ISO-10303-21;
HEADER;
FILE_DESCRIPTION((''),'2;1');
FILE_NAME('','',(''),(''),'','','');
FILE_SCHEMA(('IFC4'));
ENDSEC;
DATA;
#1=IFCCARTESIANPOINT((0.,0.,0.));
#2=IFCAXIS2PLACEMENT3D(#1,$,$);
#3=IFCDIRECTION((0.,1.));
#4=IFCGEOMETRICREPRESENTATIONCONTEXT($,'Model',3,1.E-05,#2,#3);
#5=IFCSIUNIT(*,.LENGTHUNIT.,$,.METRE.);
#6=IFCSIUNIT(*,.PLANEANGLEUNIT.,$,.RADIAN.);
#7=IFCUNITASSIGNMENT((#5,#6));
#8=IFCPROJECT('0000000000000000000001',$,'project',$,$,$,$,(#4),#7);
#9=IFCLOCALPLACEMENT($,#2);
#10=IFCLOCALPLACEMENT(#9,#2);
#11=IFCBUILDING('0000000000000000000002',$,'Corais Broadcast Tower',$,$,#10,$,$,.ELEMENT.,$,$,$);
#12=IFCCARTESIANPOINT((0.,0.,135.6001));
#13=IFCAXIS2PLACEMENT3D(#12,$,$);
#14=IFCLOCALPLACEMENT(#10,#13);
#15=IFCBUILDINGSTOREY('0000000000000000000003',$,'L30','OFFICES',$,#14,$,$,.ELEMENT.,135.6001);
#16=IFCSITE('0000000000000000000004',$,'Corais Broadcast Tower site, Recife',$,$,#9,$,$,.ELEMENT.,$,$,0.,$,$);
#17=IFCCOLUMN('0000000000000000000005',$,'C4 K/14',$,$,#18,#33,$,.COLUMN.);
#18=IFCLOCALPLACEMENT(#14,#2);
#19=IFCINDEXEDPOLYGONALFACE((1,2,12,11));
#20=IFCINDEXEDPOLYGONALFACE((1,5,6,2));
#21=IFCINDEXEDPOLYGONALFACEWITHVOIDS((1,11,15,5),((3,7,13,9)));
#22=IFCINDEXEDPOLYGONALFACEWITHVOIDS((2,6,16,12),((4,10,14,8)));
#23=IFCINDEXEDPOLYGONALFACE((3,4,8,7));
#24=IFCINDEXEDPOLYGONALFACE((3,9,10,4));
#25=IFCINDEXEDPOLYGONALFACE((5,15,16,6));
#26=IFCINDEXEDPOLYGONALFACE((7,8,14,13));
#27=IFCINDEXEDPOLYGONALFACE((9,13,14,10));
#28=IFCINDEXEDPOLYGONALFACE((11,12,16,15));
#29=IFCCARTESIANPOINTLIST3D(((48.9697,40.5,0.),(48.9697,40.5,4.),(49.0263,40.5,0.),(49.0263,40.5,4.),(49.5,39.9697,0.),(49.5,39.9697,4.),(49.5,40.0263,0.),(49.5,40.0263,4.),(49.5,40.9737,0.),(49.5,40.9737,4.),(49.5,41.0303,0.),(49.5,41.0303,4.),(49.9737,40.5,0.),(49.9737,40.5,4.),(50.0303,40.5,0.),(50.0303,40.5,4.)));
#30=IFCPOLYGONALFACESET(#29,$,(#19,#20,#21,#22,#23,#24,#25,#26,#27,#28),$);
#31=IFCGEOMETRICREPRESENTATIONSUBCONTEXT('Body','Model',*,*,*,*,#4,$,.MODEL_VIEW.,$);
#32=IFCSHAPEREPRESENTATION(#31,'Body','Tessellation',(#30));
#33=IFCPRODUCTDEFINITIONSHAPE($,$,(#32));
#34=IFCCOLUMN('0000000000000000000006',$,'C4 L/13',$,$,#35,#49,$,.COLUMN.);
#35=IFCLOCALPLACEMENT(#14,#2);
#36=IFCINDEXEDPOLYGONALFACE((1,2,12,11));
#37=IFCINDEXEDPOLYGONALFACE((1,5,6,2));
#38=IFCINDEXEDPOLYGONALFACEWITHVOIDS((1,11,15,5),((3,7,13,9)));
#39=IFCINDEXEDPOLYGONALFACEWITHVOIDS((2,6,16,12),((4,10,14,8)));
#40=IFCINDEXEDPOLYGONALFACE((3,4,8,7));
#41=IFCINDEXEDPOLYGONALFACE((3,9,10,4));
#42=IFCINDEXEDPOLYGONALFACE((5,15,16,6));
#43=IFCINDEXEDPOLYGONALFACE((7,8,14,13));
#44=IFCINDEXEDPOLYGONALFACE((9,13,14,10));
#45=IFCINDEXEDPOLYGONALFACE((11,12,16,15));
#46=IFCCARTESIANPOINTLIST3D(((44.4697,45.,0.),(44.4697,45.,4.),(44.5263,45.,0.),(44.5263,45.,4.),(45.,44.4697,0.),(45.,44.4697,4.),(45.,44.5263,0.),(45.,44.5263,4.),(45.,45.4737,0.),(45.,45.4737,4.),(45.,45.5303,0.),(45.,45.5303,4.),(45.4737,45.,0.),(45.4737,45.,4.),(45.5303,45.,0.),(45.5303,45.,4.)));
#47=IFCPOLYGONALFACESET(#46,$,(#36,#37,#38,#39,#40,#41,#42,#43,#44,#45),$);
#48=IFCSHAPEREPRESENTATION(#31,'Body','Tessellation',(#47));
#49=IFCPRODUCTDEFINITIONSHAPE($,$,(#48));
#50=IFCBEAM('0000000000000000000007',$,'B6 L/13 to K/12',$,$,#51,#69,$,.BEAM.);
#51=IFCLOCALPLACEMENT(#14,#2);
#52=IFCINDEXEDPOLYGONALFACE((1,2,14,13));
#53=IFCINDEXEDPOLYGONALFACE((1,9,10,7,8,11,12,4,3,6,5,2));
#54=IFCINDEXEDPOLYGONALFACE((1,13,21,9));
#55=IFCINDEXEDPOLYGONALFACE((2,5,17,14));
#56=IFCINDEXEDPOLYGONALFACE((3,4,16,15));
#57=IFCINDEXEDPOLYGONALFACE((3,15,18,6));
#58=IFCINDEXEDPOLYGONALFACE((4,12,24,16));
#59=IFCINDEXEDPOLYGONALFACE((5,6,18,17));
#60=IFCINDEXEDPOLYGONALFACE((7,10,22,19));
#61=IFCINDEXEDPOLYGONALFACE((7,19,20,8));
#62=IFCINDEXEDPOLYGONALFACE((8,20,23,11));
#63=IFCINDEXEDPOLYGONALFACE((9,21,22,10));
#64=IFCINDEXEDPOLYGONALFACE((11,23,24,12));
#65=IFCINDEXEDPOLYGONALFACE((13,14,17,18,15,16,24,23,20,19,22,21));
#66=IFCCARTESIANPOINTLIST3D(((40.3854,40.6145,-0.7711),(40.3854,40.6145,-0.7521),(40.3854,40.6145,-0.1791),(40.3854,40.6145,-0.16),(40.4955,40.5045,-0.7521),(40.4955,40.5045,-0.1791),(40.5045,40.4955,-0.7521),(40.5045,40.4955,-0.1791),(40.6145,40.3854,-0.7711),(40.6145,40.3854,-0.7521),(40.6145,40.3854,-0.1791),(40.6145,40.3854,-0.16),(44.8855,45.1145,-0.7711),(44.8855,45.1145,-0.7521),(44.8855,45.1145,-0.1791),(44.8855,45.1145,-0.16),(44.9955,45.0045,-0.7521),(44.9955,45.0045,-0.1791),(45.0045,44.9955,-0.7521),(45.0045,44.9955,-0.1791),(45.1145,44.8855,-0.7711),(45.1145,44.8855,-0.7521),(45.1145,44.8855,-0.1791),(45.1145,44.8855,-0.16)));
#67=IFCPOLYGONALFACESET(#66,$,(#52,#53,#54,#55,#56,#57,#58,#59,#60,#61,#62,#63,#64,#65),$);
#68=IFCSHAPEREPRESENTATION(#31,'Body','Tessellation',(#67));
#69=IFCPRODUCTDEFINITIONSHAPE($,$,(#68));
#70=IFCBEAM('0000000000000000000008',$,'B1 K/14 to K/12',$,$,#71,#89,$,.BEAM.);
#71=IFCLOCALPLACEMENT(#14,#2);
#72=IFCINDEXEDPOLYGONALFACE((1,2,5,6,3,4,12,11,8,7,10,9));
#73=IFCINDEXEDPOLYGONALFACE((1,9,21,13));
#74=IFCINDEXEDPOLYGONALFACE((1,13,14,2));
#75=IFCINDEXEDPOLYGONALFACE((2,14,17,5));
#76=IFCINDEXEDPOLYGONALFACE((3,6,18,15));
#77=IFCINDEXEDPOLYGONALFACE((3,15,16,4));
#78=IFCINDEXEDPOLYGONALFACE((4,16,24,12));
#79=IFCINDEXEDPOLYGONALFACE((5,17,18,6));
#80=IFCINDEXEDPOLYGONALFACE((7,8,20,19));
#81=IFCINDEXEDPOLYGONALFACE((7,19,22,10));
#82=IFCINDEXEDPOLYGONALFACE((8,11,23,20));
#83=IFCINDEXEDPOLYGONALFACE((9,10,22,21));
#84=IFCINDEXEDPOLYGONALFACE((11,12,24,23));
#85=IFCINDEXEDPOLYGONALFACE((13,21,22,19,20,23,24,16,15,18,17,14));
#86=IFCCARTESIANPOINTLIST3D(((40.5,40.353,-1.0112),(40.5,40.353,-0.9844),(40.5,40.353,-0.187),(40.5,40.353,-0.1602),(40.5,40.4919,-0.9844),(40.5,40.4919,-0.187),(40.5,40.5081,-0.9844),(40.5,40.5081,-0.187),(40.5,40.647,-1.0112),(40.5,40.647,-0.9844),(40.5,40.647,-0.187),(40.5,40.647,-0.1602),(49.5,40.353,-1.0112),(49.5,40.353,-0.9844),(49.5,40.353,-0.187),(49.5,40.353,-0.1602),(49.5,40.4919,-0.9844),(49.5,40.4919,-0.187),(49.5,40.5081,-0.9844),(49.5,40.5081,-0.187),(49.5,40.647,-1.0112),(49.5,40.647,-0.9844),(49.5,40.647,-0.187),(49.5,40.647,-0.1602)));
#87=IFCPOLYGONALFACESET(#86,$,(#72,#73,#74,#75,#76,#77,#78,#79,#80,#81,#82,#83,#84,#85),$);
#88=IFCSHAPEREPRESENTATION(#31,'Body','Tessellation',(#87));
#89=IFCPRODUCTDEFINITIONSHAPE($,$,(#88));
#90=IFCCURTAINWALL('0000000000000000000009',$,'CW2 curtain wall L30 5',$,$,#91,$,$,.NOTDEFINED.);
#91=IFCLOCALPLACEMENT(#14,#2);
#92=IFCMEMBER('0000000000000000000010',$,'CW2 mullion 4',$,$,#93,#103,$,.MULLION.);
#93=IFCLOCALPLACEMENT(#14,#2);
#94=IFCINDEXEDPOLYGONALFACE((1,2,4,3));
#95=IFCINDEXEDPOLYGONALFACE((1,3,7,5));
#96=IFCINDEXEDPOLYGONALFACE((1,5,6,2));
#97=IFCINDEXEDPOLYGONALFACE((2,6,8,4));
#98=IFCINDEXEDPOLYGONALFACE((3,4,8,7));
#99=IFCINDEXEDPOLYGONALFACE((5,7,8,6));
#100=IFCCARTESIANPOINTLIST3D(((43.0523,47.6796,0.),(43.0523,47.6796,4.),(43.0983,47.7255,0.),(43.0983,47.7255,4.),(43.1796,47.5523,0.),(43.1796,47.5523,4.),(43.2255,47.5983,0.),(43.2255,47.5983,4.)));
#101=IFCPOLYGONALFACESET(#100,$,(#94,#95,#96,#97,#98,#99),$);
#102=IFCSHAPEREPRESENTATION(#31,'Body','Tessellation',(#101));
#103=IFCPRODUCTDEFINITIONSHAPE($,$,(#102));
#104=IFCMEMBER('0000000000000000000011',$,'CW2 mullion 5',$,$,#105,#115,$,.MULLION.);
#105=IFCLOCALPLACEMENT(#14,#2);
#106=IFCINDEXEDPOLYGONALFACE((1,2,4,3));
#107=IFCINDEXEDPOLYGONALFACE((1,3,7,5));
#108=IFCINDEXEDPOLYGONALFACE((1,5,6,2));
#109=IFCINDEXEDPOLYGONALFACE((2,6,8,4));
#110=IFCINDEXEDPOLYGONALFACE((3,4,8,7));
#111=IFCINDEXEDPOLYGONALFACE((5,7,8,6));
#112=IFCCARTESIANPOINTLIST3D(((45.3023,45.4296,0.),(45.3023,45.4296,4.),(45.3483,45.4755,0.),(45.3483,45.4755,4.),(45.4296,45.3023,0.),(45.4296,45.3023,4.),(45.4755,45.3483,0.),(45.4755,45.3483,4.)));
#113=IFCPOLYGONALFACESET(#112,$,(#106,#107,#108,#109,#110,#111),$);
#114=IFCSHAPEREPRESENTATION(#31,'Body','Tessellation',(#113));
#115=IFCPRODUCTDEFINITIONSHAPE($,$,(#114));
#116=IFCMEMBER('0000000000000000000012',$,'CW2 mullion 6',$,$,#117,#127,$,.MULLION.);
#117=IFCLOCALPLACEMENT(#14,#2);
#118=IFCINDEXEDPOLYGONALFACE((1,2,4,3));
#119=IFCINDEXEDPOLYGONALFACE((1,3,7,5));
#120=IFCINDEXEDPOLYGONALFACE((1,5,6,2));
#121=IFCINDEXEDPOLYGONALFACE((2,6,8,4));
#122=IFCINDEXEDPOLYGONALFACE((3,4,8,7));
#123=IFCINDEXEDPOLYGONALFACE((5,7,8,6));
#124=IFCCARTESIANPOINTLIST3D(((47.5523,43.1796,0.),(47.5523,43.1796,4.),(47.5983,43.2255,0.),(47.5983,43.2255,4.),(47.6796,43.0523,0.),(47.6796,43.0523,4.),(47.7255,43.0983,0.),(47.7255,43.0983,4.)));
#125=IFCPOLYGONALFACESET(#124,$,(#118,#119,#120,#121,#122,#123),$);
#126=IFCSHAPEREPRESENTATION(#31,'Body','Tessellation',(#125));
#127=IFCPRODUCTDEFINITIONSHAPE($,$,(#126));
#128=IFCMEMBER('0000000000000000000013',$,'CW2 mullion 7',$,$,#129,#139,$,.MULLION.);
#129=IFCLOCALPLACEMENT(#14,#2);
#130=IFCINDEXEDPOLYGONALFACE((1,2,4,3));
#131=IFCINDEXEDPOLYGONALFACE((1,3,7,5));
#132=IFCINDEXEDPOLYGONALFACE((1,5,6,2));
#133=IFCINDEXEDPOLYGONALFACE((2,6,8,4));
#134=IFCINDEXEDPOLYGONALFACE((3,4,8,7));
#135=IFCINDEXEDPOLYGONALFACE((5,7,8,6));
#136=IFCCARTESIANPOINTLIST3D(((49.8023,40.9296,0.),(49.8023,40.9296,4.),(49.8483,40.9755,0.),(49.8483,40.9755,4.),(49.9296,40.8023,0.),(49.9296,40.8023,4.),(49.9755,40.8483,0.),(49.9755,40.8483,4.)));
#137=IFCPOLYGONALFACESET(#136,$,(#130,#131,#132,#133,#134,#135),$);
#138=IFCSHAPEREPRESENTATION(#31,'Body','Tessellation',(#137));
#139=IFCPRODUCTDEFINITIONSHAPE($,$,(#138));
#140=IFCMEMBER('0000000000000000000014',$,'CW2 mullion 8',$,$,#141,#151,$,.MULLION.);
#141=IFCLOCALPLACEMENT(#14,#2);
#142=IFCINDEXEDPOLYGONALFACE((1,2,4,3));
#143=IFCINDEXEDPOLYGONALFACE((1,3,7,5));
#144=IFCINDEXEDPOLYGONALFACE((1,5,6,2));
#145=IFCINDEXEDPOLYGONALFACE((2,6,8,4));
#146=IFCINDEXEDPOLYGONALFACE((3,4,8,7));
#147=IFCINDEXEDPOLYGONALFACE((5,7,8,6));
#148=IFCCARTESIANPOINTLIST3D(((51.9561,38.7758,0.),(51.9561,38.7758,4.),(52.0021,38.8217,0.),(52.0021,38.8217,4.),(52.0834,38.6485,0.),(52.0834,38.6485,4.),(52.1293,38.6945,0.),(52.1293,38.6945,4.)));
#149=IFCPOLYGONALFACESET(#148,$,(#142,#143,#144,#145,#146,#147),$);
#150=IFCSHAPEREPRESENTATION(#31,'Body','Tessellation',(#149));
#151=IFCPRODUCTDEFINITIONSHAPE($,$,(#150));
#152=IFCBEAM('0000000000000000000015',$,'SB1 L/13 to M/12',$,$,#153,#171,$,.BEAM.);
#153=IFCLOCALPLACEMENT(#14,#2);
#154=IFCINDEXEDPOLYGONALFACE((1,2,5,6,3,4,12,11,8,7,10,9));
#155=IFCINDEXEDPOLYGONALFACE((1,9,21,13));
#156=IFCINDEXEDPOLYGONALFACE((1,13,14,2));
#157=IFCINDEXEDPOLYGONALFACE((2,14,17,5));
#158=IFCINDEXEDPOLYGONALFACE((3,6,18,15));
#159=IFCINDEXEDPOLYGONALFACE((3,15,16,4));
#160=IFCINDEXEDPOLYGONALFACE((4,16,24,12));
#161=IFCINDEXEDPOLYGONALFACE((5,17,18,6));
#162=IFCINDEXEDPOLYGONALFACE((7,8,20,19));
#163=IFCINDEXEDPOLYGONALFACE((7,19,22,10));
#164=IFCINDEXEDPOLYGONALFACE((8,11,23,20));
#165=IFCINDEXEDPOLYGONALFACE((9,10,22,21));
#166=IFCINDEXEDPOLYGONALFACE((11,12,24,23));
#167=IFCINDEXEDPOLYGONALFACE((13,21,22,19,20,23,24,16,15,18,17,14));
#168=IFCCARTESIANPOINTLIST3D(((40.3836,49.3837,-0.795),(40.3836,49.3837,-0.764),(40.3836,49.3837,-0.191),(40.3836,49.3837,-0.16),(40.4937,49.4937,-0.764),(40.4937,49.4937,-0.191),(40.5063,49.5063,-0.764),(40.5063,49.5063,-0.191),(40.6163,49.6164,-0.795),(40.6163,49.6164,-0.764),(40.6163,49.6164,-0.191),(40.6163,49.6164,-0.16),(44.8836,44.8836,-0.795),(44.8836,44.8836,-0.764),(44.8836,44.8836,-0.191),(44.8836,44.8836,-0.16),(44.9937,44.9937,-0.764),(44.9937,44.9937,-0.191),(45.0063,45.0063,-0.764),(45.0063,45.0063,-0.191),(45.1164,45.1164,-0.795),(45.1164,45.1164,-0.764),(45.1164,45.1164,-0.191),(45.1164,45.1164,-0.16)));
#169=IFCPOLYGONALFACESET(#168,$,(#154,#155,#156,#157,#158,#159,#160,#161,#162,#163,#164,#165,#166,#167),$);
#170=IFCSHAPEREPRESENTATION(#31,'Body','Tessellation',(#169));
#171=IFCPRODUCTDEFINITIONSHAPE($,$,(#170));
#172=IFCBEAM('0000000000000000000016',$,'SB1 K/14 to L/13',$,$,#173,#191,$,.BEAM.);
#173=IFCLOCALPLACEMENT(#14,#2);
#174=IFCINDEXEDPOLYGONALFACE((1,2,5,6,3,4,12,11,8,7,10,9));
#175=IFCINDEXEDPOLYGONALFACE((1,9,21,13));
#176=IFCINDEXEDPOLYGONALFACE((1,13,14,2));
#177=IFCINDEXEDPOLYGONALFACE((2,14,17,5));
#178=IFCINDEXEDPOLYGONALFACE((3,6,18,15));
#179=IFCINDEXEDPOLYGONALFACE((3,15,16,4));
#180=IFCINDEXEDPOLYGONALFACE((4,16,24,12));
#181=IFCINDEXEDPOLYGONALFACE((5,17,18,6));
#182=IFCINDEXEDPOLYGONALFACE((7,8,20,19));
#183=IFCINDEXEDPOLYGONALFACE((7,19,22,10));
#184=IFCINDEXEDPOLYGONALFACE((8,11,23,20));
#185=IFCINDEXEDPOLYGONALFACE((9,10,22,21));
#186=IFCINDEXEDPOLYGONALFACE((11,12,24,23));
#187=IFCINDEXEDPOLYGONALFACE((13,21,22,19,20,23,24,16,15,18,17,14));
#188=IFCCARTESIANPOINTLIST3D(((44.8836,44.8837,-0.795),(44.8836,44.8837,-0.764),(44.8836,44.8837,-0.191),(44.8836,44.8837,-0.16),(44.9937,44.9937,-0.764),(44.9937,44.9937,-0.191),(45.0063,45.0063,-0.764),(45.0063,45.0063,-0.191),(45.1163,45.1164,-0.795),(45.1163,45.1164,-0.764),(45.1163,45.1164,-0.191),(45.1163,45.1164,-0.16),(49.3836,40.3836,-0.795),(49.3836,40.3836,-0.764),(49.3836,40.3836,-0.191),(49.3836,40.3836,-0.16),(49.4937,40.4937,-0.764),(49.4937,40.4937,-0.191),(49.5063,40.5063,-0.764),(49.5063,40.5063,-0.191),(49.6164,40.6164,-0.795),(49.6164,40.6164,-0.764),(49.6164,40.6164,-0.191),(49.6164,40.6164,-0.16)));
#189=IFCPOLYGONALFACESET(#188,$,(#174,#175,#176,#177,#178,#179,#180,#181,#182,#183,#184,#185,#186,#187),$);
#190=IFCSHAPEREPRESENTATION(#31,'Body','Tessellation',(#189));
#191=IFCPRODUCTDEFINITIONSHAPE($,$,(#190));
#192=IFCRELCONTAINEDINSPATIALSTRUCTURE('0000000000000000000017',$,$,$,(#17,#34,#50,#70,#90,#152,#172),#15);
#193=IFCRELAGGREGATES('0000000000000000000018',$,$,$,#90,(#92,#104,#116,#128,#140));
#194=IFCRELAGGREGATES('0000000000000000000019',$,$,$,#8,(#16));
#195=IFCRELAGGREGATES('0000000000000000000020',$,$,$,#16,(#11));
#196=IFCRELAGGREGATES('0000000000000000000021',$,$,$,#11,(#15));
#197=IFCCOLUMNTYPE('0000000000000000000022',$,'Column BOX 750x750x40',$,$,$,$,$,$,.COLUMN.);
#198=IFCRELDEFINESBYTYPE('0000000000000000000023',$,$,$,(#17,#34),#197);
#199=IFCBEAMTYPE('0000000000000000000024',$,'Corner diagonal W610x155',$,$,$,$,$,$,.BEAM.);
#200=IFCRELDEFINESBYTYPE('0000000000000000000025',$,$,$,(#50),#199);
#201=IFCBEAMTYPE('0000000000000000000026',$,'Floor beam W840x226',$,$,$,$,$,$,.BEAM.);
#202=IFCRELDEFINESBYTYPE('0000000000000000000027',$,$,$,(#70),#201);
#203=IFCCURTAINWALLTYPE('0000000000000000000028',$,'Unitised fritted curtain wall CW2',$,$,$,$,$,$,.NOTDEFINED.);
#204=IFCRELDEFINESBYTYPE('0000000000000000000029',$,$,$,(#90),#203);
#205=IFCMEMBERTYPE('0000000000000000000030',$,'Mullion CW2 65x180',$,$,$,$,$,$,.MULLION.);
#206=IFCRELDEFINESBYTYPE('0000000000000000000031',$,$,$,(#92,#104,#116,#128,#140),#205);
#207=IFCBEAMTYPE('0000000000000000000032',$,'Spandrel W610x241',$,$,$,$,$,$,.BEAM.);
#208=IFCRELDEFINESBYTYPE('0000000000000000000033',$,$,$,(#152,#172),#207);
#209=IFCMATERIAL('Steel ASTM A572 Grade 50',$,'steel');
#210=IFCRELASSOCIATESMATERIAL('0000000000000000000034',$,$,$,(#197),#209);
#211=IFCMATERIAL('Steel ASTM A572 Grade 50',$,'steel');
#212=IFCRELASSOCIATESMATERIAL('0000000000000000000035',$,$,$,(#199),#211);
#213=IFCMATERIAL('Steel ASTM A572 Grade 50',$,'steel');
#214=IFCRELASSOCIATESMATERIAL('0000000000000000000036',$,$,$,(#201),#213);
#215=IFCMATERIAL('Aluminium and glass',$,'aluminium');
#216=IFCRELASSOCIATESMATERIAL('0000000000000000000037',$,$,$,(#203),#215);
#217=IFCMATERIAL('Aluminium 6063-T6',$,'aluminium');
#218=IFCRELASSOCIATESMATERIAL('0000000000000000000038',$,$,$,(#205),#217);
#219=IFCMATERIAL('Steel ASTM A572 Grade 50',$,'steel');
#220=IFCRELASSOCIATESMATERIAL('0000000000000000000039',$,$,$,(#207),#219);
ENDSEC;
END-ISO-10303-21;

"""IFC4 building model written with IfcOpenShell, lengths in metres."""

from ifc_helpers import new_model, si_unit, direction, frame, origin, origin_2d, place, context, subcontext, project, spatial, rectangle, hollow_rectangle, i_section, extrude, material, material_profile, profile_set, type_object, element, aggregate, save


model = new_model("IFC4")

# Units and contexts
model_context = context("Model", 3, precision=1e-05, world=origin(), true_north=direction((0.0, 1.0)))
body_context = subcontext(model_context, "Body", "Model", "MODEL_VIEW")
ifc_project = project(units=[si_unit("LENGTHUNIT", "METRE"), si_unit("PLANEANGLEUNIT", "RADIAN")], contexts=[model_context])

# Site, building, storey
site_placement = place(None, origin())
site = spatial("IfcSite", under=ifc_project, at=site_placement, Name="Corais Broadcast Tower site, Recife", CompositionType="ELEMENT", RefElevation=0.0)
building_placement = place(site_placement, origin())
building = spatial("IfcBuilding", under=site, at=building_placement, Name="Corais Broadcast Tower", CompositionType="ELEMENT")
storey_placement = place(building_placement, frame((0.0, 0.0, 135.6001)))
storey = spatial("IfcBuildingStorey", under=building, at=storey_placement, Name="L30", Description="OFFICES", CompositionType="ELEMENT", Elevation=135.6001)

# Columns
ifc_material_1 = material(Name="Steel ASTM A572 Grade 50", Category="steel")
ifc_material_profile_1 = material_profile(ifc_material_1, hollow_rectangle(XDim=0.75, YDim=0.75, WallThickness=0.04, at=origin_2d()), Name="BOX 750x750x40")
ifc_profile_set_1 = profile_set([ifc_material_profile_1], Name="Steel ASTM A572 Grade 50")
column_type = type_object("IfcColumnType", Name="Column BOX 750x750x40", PredefinedType="COLUMN", material=ifc_profile_set_1)
for number, where, z_axis, x_axis, name in (
    (1, (49.5, 40.5, 0.0), (0.0, 0.0, 1.0), (0.707107, 0.707107, 0.0), "C4 K/14"),
    (2, (45.0, 45.0, 0.0), (0.0, 0.0, 1.0), (0.707107, 0.707107, 0.0), "C4 L/13"),
):
    element("IfcColumn", number, at=place(storey_placement, frame(where, z_axis=z_axis, x_axis=x_axis)), inside=storey, type_object=column_type, Name=name, PredefinedType="COLUMN", context=body_context, shape_type="SweptSolid", body=[
        extrude(hollow_rectangle(XDim=0.75, YDim=0.75, WallThickness=0.04, at=origin_2d()), origin(), (0.0, 0.0, 1.0), 4.0),
    ])

# Beams
ifc_material_2 = material(Name="Steel ASTM A572 Grade 50", Category="steel")
ifc_material_profile_2 = material_profile(ifc_material_2, i_section(OverallWidth=0.324, OverallDepth=0.6111, WebThickness=0.0127, FlangeThickness=0.019, at=origin_2d()), Name="W610x155")
ifc_profile_set_2 = profile_set([ifc_material_profile_2], Name="Steel ASTM A572 Grade 50")
beam_type_1 = type_object("IfcBeamType", Name="Corner diagonal W610x155", PredefinedType="BEAM", material=ifc_profile_set_2)
beam_1_placement = place(storey_placement, frame((45.0, 45.0, -0.4656), z_axis=(-0.707107, -0.707107, 0.0), x_axis=(0.707107, -0.707107, 0.0)))
element("IfcBeam", 3, at=beam_1_placement, inside=storey, type_object=beam_type_1, Name="B6 L/13 to K/12", PredefinedType="BEAM", context=body_context, shape_type="SweptSolid", body=[
    extrude(i_section(OverallWidth=0.324, OverallDepth=0.6111, WebThickness=0.0127, FlangeThickness=0.019, at=origin_2d()), origin(), (0.0, 0.0, 1.0), 6.364),
])
ifc_material_3 = material(Name="Steel ASTM A572 Grade 50", Category="steel")
ifc_material_profile_3 = material_profile(ifc_material_3, i_section(OverallWidth=0.2939, OverallDepth=0.8511, WebThickness=0.0161, FlangeThickness=0.0269, at=origin_2d()), Name="W840x226")
ifc_profile_set_3 = profile_set([ifc_material_profile_3], Name="Steel ASTM A572 Grade 50")
beam_type_2 = type_object("IfcBeamType", Name="Floor beam W840x226", PredefinedType="BEAM", material=ifc_profile_set_3)
beam_2_placement = place(storey_placement, frame((49.5, 40.5, -0.5857), z_axis=(-1.0, 0.0, 0.0), x_axis=(0.0, -1.0, 0.0)))
element("IfcBeam", 4, at=beam_2_placement, inside=storey, type_object=beam_type_2, Name="B1 K/14 to K/12", PredefinedType="BEAM", context=body_context, shape_type="SweptSolid", body=[
    extrude(i_section(OverallWidth=0.2939, OverallDepth=0.8511, WebThickness=0.0161, FlangeThickness=0.0269, at=origin_2d()), origin(), (0.0, 0.0, 1.0), 9.0),
])

# Curtain wall, members
ifc_material_4 = material(Name="Aluminium and glass", Category="aluminium")
curtain_wall_type = type_object("IfcCurtainWallType", Name="Unitised fritted curtain wall CW2", PredefinedType="NOTDEFINED", material=ifc_material_4)
curtain_wall_placement = place(storey_placement, origin())
curtain_wall = element("IfcCurtainWall", 5, at=curtain_wall_placement, inside=storey, type_object=curtain_wall_type, Name="CW2 curtain wall L30 5", PredefinedType="NOTDEFINED")
ifc_material_5 = material(Name="Aluminium 6063-T6", Category="aluminium")
ifc_material_profile_4 = material_profile(ifc_material_5, rectangle(XDim=0.0649, YDim=0.1799, at=origin_2d()), Name="Mullion CW2 65x180")
ifc_profile_set_4 = profile_set([ifc_material_profile_4], Name="Aluminium 6063-T6")
member_type_1 = type_object("IfcMemberType", Name="Mullion CW2 65x180", PredefinedType="MULLION", material=ifc_profile_set_4)
member_1_placement = place(storey_placement, frame((43.1389, 47.6389, 0.0), z_axis=(0.0, 0.0, 1.0), x_axis=(0.707107, 0.707107, 0.0)))
member_1 = element("IfcMember", 6, at=member_1_placement, type_object=member_type_1, Name="CW2 mullion 4", PredefinedType="MULLION", context=body_context, shape_type="SweptSolid", body=[
    extrude(rectangle(XDim=0.0649, YDim=0.1799, at=origin_2d()), origin(), (0.0, 0.0, 1.0), 4.0),
])
member_2_placement = place(storey_placement, frame((45.3889, 45.3889, 0.0), z_axis=(0.0, 0.0, 1.0), x_axis=(0.707107, 0.707107, 0.0)))
member_2 = element("IfcMember", 7, at=member_2_placement, type_object=member_type_1, Name="CW2 mullion 5", PredefinedType="MULLION", context=body_context, shape_type="SweptSolid", body=[
    extrude(rectangle(XDim=0.0649, YDim=0.1799, at=origin_2d()), origin(), (0.0, 0.0, 1.0), 4.0),
])
member_3_placement = place(storey_placement, frame((47.6389, 43.1389, 0.0), z_axis=(0.0, 0.0, 1.0), x_axis=(0.707107, 0.707107, 0.0)))
member_3 = element("IfcMember", 8, at=member_3_placement, type_object=member_type_1, Name="CW2 mullion 6", PredefinedType="MULLION", context=body_context, shape_type="SweptSolid", body=[
    extrude(rectangle(XDim=0.0649, YDim=0.1799, at=origin_2d()), origin(), (0.0, 0.0, 1.0), 4.0),
])
member_4_placement = place(storey_placement, frame((49.8889, 40.8889, 0.0), z_axis=(0.0, 0.0, 1.0), x_axis=(0.707107, 0.707107, 0.0)))
member_4 = element("IfcMember", 9, at=member_4_placement, type_object=member_type_1, Name="CW2 mullion 7", PredefinedType="MULLION", context=body_context, shape_type="SweptSolid", body=[
    extrude(rectangle(XDim=0.0649, YDim=0.1799, at=origin_2d()), origin(), (0.0, 0.0, 1.0), 4.0),
])
member_5_placement = place(storey_placement, frame((52.0427, 38.7351, 0.0), z_axis=(0.0, 0.0, 1.0), x_axis=(0.707107, 0.707107, 0.0)))
member_5 = element("IfcMember", 10, at=member_5_placement, type_object=member_type_1, Name="CW2 mullion 8", PredefinedType="MULLION", context=body_context, shape_type="SweptSolid", body=[
    extrude(rectangle(XDim=0.0649, YDim=0.1799, at=origin_2d()), origin(), (0.0, 0.0, 1.0), 4.0),
])

# Beams
ifc_material_6 = material(Name="Steel ASTM A572 Grade 50", Category="steel")
ifc_material_profile_5 = material_profile(ifc_material_6, i_section(OverallWidth=0.3291, OverallDepth=0.635, WebThickness=0.0178, FlangeThickness=0.031, at=origin_2d()), Name="W610x241")
ifc_profile_set_5 = profile_set([ifc_material_profile_5], Name="Steel ASTM A572 Grade 50")
beam_type_3 = type_object("IfcBeamType", Name="Spandrel W610x241", PredefinedType="BEAM", material=ifc_profile_set_5)
for number, where, z_axis, x_axis, name in (
    (11, (45.0, 45.0, -0.4775), (-0.707107, 0.707107, 0.0), (-0.707107, -0.707107, 0.0), "SB1 L/13 to M/12"),
    (12, (49.5, 40.5, -0.4775), (-0.707107, 0.707107, 0.0), (-0.707107, -0.707107, 0.0), "SB1 K/14 to L/13"),
):
    element("IfcBeam", number, at=place(storey_placement, frame(where, z_axis=z_axis, x_axis=x_axis)), inside=storey, type_object=beam_type_3, Name=name, PredefinedType="BEAM", context=body_context, shape_type="SweptSolid", body=[
        extrude(i_section(OverallWidth=0.3291, OverallDepth=0.635, WebThickness=0.0178, FlangeThickness=0.031, at=origin_2d()), origin(), (0.0, 0.0, 1.0), 6.364),
    ])

aggregate(curtain_wall, [member_1, member_2, member_3, member_4, member_5])

save(model, "model.ifc")
